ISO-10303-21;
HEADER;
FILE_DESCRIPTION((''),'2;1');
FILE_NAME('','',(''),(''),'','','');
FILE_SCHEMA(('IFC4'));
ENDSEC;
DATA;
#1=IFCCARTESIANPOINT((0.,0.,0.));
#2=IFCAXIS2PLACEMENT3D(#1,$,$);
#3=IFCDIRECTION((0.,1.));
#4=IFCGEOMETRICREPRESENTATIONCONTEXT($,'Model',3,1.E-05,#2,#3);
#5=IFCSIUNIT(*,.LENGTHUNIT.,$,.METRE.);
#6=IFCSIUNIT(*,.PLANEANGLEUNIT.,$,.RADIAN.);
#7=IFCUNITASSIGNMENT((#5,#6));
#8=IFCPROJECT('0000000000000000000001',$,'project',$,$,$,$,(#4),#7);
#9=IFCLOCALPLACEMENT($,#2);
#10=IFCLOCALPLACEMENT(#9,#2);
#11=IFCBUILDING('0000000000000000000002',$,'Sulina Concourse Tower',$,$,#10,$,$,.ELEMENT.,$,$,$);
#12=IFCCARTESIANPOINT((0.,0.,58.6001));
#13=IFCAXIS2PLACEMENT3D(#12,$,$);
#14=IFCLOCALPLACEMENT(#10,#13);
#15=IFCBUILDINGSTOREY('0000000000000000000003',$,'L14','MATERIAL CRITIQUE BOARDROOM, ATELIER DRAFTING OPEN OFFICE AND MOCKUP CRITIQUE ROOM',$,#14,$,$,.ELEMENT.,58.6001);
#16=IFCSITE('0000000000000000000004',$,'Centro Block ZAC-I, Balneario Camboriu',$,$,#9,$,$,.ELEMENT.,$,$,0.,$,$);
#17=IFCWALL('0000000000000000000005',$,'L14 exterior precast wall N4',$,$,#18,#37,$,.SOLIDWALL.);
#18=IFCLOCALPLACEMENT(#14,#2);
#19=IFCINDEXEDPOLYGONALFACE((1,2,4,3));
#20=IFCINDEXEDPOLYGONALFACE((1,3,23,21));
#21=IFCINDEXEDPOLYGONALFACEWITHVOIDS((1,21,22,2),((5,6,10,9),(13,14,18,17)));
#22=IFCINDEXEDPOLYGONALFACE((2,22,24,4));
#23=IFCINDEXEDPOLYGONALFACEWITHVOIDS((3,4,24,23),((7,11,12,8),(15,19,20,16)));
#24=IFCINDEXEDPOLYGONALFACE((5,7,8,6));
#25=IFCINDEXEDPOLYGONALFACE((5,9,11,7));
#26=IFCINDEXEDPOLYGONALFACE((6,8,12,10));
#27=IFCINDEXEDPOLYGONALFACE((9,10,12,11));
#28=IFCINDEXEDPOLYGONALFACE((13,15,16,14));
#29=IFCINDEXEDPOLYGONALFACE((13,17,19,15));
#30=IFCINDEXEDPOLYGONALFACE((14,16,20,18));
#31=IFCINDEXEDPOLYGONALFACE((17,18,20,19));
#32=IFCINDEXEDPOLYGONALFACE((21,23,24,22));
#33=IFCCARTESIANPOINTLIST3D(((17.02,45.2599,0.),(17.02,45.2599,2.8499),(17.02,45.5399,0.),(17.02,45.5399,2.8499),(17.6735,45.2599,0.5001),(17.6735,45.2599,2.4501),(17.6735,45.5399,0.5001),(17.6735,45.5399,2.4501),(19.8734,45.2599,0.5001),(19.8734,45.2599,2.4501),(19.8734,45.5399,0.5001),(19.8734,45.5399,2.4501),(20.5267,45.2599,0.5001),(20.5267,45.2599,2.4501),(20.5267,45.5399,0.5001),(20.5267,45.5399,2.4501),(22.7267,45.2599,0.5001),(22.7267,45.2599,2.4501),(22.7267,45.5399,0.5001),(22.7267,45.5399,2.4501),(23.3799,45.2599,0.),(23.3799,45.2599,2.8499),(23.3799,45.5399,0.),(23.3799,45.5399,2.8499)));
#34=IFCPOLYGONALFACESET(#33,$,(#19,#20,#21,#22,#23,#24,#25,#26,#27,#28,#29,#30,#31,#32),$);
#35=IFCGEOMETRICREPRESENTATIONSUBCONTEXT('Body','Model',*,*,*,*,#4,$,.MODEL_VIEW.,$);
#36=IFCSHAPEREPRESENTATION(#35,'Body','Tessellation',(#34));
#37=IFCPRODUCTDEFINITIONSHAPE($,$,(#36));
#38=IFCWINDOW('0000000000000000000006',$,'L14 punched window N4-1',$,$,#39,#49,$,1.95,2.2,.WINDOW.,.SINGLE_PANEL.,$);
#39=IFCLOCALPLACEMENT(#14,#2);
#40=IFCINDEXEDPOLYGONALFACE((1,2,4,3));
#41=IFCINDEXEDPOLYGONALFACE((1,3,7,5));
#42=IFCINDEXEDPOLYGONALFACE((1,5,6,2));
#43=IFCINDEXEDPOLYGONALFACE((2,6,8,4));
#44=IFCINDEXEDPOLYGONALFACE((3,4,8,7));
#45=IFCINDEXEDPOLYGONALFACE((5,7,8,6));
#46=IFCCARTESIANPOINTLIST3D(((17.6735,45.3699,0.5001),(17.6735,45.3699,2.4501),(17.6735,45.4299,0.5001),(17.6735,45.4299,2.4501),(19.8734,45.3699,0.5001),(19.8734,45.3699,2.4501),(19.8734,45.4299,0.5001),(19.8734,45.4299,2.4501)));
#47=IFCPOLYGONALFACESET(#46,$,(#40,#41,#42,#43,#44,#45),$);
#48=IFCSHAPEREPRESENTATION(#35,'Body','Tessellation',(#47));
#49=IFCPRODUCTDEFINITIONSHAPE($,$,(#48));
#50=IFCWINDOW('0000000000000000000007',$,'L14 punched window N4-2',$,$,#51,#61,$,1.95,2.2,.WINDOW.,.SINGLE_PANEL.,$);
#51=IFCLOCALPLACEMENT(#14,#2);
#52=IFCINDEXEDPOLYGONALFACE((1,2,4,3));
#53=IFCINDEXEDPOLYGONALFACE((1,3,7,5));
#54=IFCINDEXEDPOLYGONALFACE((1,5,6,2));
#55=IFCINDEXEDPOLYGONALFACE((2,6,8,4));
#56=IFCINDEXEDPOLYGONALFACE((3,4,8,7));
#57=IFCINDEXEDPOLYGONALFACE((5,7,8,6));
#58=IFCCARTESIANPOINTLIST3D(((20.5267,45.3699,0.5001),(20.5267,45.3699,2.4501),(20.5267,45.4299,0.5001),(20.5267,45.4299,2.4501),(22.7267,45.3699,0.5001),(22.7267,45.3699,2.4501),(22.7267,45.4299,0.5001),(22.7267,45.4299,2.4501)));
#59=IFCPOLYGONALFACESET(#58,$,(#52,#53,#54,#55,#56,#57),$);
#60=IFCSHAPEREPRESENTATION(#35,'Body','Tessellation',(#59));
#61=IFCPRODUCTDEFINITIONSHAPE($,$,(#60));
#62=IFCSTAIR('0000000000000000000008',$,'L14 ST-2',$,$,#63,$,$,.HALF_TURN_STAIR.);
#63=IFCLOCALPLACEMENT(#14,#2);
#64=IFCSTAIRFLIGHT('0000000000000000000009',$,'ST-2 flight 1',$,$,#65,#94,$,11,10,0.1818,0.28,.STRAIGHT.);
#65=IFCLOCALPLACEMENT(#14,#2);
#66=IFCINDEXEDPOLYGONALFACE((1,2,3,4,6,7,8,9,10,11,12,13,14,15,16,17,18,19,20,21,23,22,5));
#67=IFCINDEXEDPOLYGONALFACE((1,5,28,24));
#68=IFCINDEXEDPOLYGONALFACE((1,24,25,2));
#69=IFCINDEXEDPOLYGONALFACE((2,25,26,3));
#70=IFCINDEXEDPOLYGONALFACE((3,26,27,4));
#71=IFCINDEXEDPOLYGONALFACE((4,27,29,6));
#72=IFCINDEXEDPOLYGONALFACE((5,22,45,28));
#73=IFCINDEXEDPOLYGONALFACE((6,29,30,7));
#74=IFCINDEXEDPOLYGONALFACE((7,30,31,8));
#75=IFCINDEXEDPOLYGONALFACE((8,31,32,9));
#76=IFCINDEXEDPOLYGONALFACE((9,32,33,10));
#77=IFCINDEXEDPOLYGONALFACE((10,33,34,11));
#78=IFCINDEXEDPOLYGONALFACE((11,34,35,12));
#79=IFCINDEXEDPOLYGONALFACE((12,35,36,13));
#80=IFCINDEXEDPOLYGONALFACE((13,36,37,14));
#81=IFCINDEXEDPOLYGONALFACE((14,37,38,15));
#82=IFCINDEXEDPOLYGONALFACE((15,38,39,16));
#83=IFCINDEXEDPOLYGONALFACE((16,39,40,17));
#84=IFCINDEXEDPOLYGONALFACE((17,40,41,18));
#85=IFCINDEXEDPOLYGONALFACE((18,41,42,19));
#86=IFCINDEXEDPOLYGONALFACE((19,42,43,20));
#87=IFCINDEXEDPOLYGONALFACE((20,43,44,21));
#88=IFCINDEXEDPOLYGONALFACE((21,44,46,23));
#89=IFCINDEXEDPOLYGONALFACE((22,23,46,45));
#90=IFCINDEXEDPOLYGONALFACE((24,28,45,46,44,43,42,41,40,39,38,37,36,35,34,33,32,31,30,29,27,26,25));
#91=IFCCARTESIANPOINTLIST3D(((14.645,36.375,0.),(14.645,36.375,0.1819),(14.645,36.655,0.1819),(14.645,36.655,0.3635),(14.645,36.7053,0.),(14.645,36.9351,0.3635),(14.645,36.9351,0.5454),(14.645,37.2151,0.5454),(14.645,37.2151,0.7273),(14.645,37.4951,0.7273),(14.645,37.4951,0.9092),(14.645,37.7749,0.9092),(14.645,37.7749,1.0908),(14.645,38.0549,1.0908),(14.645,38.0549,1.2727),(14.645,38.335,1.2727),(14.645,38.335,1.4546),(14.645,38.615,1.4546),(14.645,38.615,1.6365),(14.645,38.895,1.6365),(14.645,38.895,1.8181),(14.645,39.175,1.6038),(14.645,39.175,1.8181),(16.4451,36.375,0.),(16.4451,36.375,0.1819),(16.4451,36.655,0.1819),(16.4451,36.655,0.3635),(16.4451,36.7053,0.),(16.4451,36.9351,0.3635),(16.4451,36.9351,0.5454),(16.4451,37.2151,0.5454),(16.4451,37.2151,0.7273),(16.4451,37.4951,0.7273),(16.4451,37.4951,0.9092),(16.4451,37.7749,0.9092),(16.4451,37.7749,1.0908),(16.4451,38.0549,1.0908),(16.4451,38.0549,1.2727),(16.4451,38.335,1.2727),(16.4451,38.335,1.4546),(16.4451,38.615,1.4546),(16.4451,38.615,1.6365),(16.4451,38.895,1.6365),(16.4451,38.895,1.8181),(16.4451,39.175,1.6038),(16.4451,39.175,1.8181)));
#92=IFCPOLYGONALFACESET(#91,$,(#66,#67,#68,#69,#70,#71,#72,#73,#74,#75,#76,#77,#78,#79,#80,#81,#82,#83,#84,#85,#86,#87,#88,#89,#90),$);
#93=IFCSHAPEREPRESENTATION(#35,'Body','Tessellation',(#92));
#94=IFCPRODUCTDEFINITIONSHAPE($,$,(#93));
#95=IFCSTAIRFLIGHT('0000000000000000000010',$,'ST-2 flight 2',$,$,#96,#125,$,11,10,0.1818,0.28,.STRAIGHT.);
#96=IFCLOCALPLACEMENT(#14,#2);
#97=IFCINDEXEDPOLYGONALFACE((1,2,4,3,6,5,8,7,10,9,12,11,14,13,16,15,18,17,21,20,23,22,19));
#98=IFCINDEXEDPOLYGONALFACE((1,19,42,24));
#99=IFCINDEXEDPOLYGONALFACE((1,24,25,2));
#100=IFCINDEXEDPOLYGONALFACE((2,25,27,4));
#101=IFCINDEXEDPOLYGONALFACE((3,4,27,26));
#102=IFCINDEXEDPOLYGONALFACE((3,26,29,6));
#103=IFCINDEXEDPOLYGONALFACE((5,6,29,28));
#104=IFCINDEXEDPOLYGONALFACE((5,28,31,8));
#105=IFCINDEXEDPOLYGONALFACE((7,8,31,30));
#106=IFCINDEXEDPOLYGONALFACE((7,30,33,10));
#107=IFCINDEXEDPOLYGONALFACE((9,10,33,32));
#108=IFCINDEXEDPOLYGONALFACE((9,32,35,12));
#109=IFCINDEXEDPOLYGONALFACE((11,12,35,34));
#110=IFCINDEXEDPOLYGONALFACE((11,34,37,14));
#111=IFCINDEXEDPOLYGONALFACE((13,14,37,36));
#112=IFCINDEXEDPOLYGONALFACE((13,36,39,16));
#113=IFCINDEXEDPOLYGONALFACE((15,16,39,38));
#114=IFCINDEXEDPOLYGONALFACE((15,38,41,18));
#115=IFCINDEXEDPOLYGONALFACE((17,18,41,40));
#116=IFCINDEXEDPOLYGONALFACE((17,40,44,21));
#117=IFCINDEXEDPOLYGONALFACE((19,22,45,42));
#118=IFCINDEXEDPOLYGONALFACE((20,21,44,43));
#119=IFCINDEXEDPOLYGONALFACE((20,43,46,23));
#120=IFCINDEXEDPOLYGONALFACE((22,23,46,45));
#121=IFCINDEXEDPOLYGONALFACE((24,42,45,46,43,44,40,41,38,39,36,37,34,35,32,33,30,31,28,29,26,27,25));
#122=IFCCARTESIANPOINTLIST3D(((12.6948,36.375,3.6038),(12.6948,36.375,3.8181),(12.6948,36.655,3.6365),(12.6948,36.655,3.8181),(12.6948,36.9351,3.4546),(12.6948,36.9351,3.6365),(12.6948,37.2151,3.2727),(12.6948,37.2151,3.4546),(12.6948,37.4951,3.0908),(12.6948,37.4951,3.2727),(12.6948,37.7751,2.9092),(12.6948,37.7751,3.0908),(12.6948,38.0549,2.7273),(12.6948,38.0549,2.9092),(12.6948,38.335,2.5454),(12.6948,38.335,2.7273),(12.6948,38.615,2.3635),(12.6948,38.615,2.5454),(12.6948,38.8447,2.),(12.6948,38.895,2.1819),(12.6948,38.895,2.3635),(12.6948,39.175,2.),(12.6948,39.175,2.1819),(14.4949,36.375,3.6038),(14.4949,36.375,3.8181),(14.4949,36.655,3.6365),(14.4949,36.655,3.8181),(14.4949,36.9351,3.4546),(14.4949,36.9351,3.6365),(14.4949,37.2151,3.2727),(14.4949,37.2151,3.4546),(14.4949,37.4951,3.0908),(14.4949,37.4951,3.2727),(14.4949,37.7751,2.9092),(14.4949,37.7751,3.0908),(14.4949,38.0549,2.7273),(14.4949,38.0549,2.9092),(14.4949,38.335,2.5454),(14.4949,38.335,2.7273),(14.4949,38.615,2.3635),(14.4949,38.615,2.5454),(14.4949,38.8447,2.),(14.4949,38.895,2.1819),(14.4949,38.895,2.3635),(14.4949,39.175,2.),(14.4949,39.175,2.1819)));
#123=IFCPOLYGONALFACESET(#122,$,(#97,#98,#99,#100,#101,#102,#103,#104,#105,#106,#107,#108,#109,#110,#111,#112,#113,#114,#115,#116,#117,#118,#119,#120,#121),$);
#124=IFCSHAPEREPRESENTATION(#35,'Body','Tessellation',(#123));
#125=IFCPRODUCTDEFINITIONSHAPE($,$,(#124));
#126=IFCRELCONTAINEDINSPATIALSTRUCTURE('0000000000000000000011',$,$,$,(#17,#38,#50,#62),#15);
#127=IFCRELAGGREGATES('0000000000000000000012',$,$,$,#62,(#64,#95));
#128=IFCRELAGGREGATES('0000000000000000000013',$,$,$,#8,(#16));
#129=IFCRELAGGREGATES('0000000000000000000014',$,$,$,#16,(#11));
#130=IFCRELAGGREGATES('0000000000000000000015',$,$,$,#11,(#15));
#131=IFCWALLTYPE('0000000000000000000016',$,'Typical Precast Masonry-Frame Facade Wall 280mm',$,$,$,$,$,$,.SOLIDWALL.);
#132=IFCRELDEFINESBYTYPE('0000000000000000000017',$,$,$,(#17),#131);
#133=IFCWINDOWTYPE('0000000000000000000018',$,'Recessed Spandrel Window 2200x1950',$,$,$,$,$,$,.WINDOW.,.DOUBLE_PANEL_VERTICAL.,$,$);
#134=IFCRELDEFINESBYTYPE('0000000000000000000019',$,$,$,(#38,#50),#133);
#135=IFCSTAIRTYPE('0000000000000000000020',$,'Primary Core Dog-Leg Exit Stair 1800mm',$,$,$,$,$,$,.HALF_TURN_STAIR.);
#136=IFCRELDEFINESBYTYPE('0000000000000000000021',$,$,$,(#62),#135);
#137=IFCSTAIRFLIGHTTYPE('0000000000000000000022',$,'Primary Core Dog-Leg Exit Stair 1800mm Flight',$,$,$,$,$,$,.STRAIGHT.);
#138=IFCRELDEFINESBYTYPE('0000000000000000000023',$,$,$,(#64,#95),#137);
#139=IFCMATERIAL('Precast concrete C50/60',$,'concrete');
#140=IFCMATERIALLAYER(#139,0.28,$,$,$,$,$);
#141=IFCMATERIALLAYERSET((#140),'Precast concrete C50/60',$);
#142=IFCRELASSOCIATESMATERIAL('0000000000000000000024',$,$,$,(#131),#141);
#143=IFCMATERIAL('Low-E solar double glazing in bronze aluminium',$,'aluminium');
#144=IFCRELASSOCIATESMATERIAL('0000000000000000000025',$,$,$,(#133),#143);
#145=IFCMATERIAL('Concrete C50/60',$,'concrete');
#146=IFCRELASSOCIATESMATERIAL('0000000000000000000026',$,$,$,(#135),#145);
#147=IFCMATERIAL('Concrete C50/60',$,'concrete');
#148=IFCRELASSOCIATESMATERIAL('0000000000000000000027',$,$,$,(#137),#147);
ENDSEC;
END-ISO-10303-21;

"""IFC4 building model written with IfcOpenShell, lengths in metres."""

from ifc_helpers import new_model, si_unit, direction, frame, frame_2d, origin, place, context, subcontext, project, spatial, polyline, rectangle, outline, extrude, material, layer, layer_set, type_object, element, fill, aggregate, save


model = new_model("IFC4")

# Units and contexts
model_context = context("Model", 3, precision=1e-05, world=origin(), true_north=direction((0.0, 1.0)))
body_context = subcontext(model_context, "Body", "Model", "MODEL_VIEW")
ifc_project = project(units=[si_unit("LENGTHUNIT", "METRE"), si_unit("PLANEANGLEUNIT", "RADIAN")], contexts=[model_context])

# Site, building, storey
site_placement = place(None, origin())
site = spatial("IfcSite", under=ifc_project, at=site_placement, Name="Centro Block ZAC-I, Balneario Camboriu", CompositionType="ELEMENT", RefElevation=0.0)
building_placement = place(site_placement, origin())
building = spatial("IfcBuilding", under=site, at=building_placement, Name="Sulina Concourse Tower", CompositionType="ELEMENT")
storey_placement = place(building_placement, frame((0.0, 0.0, 58.6001)))
storey = spatial("IfcBuildingStorey", under=building, at=storey_placement, Name="L14", Description="MATERIAL CRITIQUE BOARDROOM, ATELIER DRAFTING OPEN OFFICE AND MOCKUP CRITIQUE ROOM", CompositionType="ELEMENT", Elevation=58.6001)

# Shared definitions
ifc_material_1 = material(Name="Precast concrete C50/60", Category="concrete")
ifc_layer_1 = layer(ifc_material_1, 0.28)
ifc_layer_set_1 = layer_set([ifc_layer_1], Name="Precast concrete C50/60")
wall_type_1 = type_object("IfcWallType", Name="Typical Precast Masonry-Frame Facade Wall 280mm", PredefinedType="SOLIDWALL", material=ifc_layer_set_1)

# Wall, openings, windows
wall_1_placement = place(storey_placement, frame((17.02, 45.3999, 0.0), z_axis=(0.0, 0.0, 1.0), x_axis=(1.0, 0.0, 0.0)))
wall_1 = element("IfcWall", 1, at=wall_1_placement, inside=storey, type_object=wall_type_1, Name="L14 exterior precast wall N4", PredefinedType="SOLIDWALL", context=body_context, shape_type="SweptSolid", body=[
    extrude(rectangle(XDim=6.3599, YDim=0.28, at=frame_2d((3.1799, 0.0))), origin(), (0.0, 0.0, 1.0), 2.8499),
])
opening_1_placement = place(wall_1_placement, frame((0.6533, 0.0, 0.5)))
opening_1 = element("IfcOpeningElement", 2, at=opening_1_placement, cuts=wall_1, PredefinedType="OPENING", context=body_context, shape_type="SweptSolid", body=[
    extrude(rectangle(XDim=2.2, YDim=1.95, at=frame_2d((1.1001, 0.9751))), frame((0.0, 0.1499, 0.0), z_axis=(0.0, -1.0, 0.0), x_axis=(1.0, 0.0, 0.0)), (0.0, 0.0, 1.0), 0.3),
])
opening_2_placement = place(wall_1_placement, frame((3.5066, 0.0, 0.5)))
opening_2 = element("IfcOpeningElement", 3, at=opening_2_placement, cuts=wall_1, PredefinedType="OPENING", context=body_context, shape_type="SweptSolid", body=[
    extrude(rectangle(XDim=2.2, YDim=1.95, at=frame_2d((1.1001, 0.9751))), frame((0.0, 0.1499, 0.0), z_axis=(0.0, -1.0, 0.0), x_axis=(1.0, 0.0, 0.0)), (0.0, 0.0, 1.0), 0.3),
])
ifc_material_2 = material(Name="Low-E solar double glazing in bronze aluminium", Category="aluminium")
window_type = type_object("IfcWindowType", Name="Recessed Spandrel Window 2200x1950", PartitioningType="DOUBLE_PANEL_VERTICAL", PredefinedType="WINDOW", material=ifc_material_2)
window_1_placement = place(opening_1_placement, origin())
window_1 = element("IfcWindow", 4, at=window_1_placement, inside=storey, type_object=window_type, Name="L14 punched window N4-1", OverallHeight=1.95, OverallWidth=2.2, PartitioningType="SINGLE_PANEL", PredefinedType="WINDOW", context=body_context, shape_type="SweptSolid", body=[
    extrude(rectangle(XDim=2.2, YDim=1.95, at=frame_2d((1.1001, 0.9751))), frame((0.0, 0.03, 0.0), z_axis=(0.0, -1.0, 0.0), x_axis=(1.0, 0.0, 0.0)), (0.0, 0.0, 1.0), 0.0601),
])
fill(opening_1, window_1)
window_2_placement = place(opening_2_placement, origin())
window_2 = element("IfcWindow", 5, at=window_2_placement, inside=storey, type_object=window_type, Name="L14 punched window N4-2", OverallHeight=1.95, OverallWidth=2.2, PartitioningType="SINGLE_PANEL", PredefinedType="WINDOW", context=body_context, shape_type="SweptSolid", body=[
    extrude(rectangle(XDim=2.2, YDim=1.95, at=frame_2d((1.1001, 0.9751))), frame((0.0, 0.03, 0.0), z_axis=(0.0, -1.0, 0.0), x_axis=(1.0, 0.0, 0.0)), (0.0, 0.0, 1.0), 0.0601),
])
fill(opening_2, window_2)

# Stair, stair flights
ifc_material_3 = material(Name="Concrete C50/60", Category="concrete")
stair_type = type_object("IfcStairType", Name="Primary Core Dog-Leg Exit Stair 1800mm", PredefinedType="HALF_TURN_STAIR", material=ifc_material_3)
stair_placement = place(storey_placement, origin())
stair = element("IfcStair", 6, at=stair_placement, inside=storey, type_object=stair_type, Name="L14 ST-2", PredefinedType="HALF_TURN_STAIR")
ifc_material_4 = material(Name="Concrete C50/60", Category="concrete")
stair_flight_type = type_object("IfcStairFlightType", Name="Primary Core Dog-Leg Exit Stair 1800mm Flight", PredefinedType="STRAIGHT", material=ifc_material_4)
stair_flight_1_placement = place(storey_placement, frame((15.5449, 36.375, 0.0), z_axis=(0.0, 0.0, 1.0), x_axis=(0.0, 1.0, 0.0)))
stair_flight_1 = element("IfcStairFlight", 7, at=stair_flight_1_placement, type_object=stair_flight_type, Name="ST-2 flight 1", NumberOfRisers=11, NumberOfTreads=10, PredefinedType="STRAIGHT", RiserHeight=0.1818, TreadLength=0.28, context=body_context, shape_type="SweptSolid", body=[
    extrude(outline(polyline([(0.0, 0.0), (0.0, 0.1819), (0.28, 0.1819), (0.28, 0.3635), (0.5601, 0.3635), (0.5601, 0.5454), (0.8401, 0.5454), (0.8401, 0.7273), (1.1201, 0.7273), (1.1201, 0.9092), (1.3999, 0.9092), (1.3999, 1.0908), (1.6799, 1.0908), (1.6799, 1.2727), (1.96, 1.2727), (1.96, 1.4546), (2.24, 1.4546), (2.24, 1.6365), (2.52, 1.6365), (2.52, 1.8181), (2.8, 1.8181), (2.8, 2.0), (2.8, 1.6038), (0.3303, 0.0), (0.0, 0.0)])), frame((0.0, 0.8999, 0.0), z_axis=(0.0, -1.0, 0.0), x_axis=(1.0, 0.0, 0.0)), (0.0, 0.0, 1.0), 1.8),
])
stair_flight_2_placement = place(storey_placement, frame((13.595, 39.175, 2.0), z_axis=(0.0, 0.0, 1.0), x_axis=(0.0, -1.0, 0.0)))
stair_flight_2 = element("IfcStairFlight", 8, at=stair_flight_2_placement, type_object=stair_flight_type, Name="ST-2 flight 2", NumberOfRisers=11, NumberOfTreads=10, PredefinedType="STRAIGHT", RiserHeight=0.1818, TreadLength=0.28, context=body_context, shape_type="SweptSolid", body=[
    extrude(outline(polyline([(0.0, 0.0), (0.0, 0.1819), (0.28, 0.1819), (0.28, 0.3635), (0.5601, 0.3635), (0.5601, 0.5454), (0.8401, 0.5454), (0.8401, 0.7273), (1.1201, 0.7273), (1.1201, 0.9092), (1.3999, 0.9092), (1.3999, 1.0908), (1.6799, 1.0908), (1.6799, 1.2727), (1.96, 1.2727), (1.96, 1.4546), (2.24, 1.4546), (2.24, 1.6365), (2.52, 1.6365), (2.52, 1.8181), (2.8, 1.8181), (2.8, 2.0), (2.8, 1.6038), (0.3303, 0.0), (0.0, 0.0)])), frame((0.0, 0.8999, 0.0), z_axis=(0.0, -1.0, 0.0), x_axis=(1.0, 0.0, 0.0)), (0.0, 0.0, 1.0), 1.8),
])
aggregate(stair, [stair_flight_1, stair_flight_2])

save(model, "model.ifc")
